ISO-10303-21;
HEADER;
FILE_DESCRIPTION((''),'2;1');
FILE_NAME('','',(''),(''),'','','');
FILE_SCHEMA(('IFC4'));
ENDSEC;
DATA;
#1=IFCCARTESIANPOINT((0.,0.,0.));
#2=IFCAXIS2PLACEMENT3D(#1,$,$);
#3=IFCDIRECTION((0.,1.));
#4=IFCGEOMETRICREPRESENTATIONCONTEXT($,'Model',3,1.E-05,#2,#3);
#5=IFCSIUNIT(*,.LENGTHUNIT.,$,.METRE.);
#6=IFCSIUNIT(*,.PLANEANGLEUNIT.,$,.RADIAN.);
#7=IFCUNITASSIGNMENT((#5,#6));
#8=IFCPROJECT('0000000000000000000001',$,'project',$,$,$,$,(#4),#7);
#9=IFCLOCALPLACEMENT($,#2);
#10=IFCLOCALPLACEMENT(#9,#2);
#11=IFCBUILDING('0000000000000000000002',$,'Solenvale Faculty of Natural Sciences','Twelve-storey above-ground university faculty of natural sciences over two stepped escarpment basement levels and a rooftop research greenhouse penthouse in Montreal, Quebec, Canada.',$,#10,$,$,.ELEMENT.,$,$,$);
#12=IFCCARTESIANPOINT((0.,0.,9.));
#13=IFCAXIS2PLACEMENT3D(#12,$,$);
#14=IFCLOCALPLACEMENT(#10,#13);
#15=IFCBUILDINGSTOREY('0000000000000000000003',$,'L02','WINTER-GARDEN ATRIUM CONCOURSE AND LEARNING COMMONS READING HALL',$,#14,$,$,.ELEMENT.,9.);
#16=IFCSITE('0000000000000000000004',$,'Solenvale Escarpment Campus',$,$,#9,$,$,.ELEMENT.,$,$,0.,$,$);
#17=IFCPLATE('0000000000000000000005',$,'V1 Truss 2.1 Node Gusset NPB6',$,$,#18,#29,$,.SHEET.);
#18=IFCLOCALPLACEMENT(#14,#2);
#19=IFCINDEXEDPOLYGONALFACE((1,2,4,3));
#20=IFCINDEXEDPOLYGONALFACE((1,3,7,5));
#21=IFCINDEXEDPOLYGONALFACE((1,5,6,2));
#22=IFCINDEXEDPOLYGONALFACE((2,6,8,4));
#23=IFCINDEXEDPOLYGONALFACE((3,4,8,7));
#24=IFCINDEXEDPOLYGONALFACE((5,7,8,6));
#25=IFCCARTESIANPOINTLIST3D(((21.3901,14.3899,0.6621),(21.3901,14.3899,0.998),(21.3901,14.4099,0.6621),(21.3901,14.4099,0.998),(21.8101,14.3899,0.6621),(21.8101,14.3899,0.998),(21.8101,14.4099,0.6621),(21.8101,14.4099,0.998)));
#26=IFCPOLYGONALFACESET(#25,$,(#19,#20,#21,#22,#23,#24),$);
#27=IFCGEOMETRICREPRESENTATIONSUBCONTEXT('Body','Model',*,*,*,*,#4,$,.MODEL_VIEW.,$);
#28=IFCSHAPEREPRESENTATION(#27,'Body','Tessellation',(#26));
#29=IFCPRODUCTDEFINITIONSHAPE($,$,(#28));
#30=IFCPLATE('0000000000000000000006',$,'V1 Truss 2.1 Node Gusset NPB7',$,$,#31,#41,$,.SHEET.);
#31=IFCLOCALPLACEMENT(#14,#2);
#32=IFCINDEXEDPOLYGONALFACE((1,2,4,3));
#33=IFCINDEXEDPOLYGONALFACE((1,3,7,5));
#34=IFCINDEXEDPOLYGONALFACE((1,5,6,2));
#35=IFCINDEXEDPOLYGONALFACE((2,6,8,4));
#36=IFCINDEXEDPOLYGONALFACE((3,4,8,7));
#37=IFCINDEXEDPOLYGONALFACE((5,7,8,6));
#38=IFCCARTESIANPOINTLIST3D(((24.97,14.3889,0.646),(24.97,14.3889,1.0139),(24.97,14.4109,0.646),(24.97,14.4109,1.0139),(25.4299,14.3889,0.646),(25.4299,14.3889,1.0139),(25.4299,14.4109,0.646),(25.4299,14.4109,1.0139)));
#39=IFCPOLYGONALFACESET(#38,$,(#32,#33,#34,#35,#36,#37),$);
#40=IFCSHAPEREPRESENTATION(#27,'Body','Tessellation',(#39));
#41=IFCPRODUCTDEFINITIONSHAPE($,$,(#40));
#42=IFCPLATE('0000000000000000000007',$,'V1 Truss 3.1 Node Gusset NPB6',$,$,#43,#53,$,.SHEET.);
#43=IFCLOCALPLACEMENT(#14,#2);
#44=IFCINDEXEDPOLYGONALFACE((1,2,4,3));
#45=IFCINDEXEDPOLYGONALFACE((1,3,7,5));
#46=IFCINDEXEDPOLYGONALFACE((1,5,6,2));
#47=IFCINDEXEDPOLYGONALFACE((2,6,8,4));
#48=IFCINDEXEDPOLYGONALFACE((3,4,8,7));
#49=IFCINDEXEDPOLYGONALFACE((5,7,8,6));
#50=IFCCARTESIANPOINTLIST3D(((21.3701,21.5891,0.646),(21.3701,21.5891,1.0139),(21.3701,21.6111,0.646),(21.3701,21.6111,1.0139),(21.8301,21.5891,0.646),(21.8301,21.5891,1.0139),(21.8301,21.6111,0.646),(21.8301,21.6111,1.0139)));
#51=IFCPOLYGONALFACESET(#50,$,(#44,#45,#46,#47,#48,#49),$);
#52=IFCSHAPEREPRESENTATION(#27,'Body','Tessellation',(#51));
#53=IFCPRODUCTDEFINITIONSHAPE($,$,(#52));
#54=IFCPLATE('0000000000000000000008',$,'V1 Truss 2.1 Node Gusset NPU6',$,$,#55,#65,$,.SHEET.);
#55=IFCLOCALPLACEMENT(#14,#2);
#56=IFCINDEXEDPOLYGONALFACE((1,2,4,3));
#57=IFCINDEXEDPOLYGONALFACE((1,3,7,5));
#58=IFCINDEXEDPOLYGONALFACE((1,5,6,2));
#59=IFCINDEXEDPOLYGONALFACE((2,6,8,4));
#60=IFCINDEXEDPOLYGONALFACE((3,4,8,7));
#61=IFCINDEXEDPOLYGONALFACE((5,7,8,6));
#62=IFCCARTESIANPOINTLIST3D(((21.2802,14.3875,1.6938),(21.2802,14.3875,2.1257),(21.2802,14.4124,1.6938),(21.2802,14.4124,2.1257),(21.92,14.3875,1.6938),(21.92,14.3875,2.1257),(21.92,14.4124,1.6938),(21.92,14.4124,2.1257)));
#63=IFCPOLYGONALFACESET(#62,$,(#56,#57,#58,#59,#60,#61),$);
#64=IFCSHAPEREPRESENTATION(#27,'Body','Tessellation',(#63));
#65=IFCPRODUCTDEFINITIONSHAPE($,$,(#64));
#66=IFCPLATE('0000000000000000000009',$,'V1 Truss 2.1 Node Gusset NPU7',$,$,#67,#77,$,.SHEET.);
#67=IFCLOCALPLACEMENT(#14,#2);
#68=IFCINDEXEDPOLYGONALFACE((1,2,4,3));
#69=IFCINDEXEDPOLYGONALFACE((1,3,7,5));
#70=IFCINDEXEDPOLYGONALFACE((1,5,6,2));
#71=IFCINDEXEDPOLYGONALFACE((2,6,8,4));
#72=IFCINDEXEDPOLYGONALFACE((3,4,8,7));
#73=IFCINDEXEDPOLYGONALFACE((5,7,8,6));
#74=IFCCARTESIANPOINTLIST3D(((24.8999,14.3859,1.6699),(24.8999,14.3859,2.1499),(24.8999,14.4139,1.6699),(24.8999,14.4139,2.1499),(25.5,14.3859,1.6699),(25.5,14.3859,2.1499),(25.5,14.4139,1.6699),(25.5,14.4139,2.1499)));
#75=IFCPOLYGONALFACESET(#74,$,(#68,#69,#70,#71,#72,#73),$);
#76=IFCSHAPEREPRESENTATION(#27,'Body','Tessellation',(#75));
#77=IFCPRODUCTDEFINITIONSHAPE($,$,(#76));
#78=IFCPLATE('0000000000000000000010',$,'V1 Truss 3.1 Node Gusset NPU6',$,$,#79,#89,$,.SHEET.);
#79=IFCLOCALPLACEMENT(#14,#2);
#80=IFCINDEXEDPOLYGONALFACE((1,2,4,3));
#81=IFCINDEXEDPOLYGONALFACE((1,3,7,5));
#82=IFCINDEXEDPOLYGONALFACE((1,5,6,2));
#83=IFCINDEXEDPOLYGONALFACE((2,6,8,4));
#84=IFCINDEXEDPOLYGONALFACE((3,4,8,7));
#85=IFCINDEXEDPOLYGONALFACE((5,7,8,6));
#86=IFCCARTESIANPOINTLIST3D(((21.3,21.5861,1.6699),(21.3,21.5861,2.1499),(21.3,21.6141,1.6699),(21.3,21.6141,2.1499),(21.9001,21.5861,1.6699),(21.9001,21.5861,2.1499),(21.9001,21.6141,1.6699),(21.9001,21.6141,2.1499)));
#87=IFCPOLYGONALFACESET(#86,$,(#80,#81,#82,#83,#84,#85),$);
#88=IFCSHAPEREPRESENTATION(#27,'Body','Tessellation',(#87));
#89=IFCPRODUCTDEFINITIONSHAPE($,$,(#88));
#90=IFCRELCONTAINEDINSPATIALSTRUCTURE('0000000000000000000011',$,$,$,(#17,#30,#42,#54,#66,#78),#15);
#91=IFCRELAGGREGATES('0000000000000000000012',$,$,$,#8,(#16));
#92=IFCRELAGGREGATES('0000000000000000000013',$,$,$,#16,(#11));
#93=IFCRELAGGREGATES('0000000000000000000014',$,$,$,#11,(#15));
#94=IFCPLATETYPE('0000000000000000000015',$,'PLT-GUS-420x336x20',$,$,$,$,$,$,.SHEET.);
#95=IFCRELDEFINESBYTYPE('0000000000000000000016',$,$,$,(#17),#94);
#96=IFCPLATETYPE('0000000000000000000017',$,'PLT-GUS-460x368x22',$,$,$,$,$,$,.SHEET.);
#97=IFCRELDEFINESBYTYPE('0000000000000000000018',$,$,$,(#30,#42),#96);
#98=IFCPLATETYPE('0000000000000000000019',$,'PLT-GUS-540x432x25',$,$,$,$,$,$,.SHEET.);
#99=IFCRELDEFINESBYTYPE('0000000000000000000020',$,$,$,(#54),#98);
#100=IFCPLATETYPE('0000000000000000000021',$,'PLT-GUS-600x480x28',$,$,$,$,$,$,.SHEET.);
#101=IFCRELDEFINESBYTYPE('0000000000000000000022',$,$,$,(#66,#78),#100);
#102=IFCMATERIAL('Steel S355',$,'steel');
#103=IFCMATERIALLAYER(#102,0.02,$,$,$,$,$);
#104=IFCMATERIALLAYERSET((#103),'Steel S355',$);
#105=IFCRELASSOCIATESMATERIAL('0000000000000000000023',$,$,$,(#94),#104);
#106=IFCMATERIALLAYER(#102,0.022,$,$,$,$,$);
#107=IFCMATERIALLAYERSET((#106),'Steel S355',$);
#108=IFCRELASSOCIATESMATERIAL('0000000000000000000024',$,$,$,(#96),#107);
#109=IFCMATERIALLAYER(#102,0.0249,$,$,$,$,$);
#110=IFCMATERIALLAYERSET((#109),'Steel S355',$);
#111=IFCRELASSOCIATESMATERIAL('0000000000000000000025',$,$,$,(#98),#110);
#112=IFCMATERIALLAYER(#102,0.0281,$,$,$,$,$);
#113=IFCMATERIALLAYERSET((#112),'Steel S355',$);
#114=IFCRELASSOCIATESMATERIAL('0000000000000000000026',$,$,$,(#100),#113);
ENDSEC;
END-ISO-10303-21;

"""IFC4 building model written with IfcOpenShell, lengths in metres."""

from ifc_helpers import new_model, si_unit, direction, frame, origin, origin_2d, place, context, subcontext, project, spatial, rectangle, extrude, material, layer, layer_set, type_object, element, save


model = new_model("IFC4")

# Units and contexts
model_context = context("Model", 3, precision=1e-05, world=origin(), true_north=direction((0.0, 1.0)))
body_context = subcontext(model_context, "Body", "Model", "MODEL_VIEW")
ifc_project = project(units=[si_unit("LENGTHUNIT", "METRE"), si_unit("PLANEANGLEUNIT", "RADIAN")], contexts=[model_context])

# Site, building, storey
site_placement = place(None, origin())
site = spatial("IfcSite", under=ifc_project, at=site_placement, Name="Solenvale Escarpment Campus", CompositionType="ELEMENT", RefElevation=0.0)
building_placement = place(site_placement, origin())
building = spatial("IfcBuilding", under=site, at=building_placement, Name="Solenvale Faculty of Natural Sciences", Description="Twelve-storey above-ground university faculty of natural sciences over two stepped escarpment basement levels and a rooftop research greenhouse penthouse in Montreal, Quebec, Canada.", CompositionType="ELEMENT")
storey_placement = place(building_placement, frame((0.0, 0.0, 9.0)))
storey = spatial("IfcBuildingStorey", under=building, at=storey_placement, Name="L02", Description="WINTER-GARDEN ATRIUM CONCOURSE AND LEARNING COMMONS READING HALL", CompositionType="ELEMENT", Elevation=9.0)

# Shared definitions
ifc_material_1 = material(Name="Steel S355", Category="steel")

# Plates
ifc_layer_1 = layer(ifc_material_1, 0.02)
ifc_layer_set_1 = layer_set([ifc_layer_1], Name="Steel S355")
plate_type_1 = type_object("IfcPlateType", Name="PLT-GUS-420x336x20", PredefinedType="SHEET", material=ifc_layer_set_1)
plate_1_placement = place(storey_placement, frame((21.6001, 14.3999, 0.6621), z_axis=(0.0, 0.0, 1.0), x_axis=(1.0, 0.0, 0.0)))
element("IfcPlate", 1, at=plate_1_placement, inside=storey, type_object=plate_type_1, Name="V1 Truss 2.1 Node Gusset NPB6", PredefinedType="SHEET", context=body_context, shape_type="SweptSolid", body=[
    extrude(rectangle(XDim=0.4199, YDim=0.02, at=origin_2d()), origin(), (0.0, 0.0, 1.0), 0.3359),
])
ifc_layer_2 = layer(ifc_material_1, 0.022)
ifc_layer_set_2 = layer_set([ifc_layer_2], Name="Steel S355")
plate_type_2 = type_object("IfcPlateType", Name="PLT-GUS-460x368x22", PredefinedType="SHEET", material=ifc_layer_set_2)
for number, where, z_axis, x_axis, name in (
    (2, (25.2, 14.3999, 0.646), (0.0, 0.0, 1.0), (1.0, 0.0, 0.0), "V1 Truss 2.1 Node Gusset NPB7"),
    (3, (21.6001, 21.6001, 0.646), (0.0, 0.0, 1.0), (1.0, 0.0, 0.0), "V1 Truss 3.1 Node Gusset NPB6"),
):
    element("IfcPlate", number, at=place(storey_placement, frame(where, z_axis=z_axis, x_axis=x_axis)), inside=storey, type_object=plate_type_2, Name=name, PredefinedType="SHEET", context=body_context, shape_type="SweptSolid", body=[
        extrude(rectangle(XDim=0.46, YDim=0.022, at=origin_2d()), origin(), (0.0, 0.0, 1.0), 0.3679),
    ])
ifc_layer_3 = layer(ifc_material_1, 0.0249)
ifc_layer_set_3 = layer_set([ifc_layer_3], Name="Steel S355")
plate_type_3 = type_object("IfcPlateType", Name="PLT-GUS-540x432x25", PredefinedType="SHEET", material=ifc_layer_set_3)
plate_2_placement = place(storey_placement, frame((21.6001, 14.3999, 1.6938), z_axis=(0.0, 0.0, 1.0), x_axis=(1.0, 0.0, 0.0)))
element("IfcPlate", 4, at=plate_2_placement, inside=storey, type_object=plate_type_3, Name="V1 Truss 2.1 Node Gusset NPU6", PredefinedType="SHEET", context=body_context, shape_type="SweptSolid", body=[
    extrude(rectangle(XDim=0.6399, YDim=0.0249, at=origin_2d()), origin(), (0.0, 0.0, 1.0), 0.4319),
])
ifc_layer_4 = layer(ifc_material_1, 0.0281)
ifc_layer_set_4 = layer_set([ifc_layer_4], Name="Steel S355")
plate_type_4 = type_object("IfcPlateType", Name="PLT-GUS-600x480x28", PredefinedType="SHEET", material=ifc_layer_set_4)
for number, where, z_axis, x_axis, name in (
    (5, (25.2, 14.3999, 1.6699), (0.0, 0.0, 1.0), (1.0, 0.0, 0.0), "V1 Truss 2.1 Node Gusset NPU7"),
    (6, (21.6001, 21.6001, 1.6699), (0.0, 0.0, 1.0), (1.0, 0.0, 0.0), "V1 Truss 3.1 Node Gusset NPU6"),
):
    element("IfcPlate", number, at=place(storey_placement, frame(where, z_axis=z_axis, x_axis=x_axis)), inside=storey, type_object=plate_type_4, Name=name, PredefinedType="SHEET", context=body_context, shape_type="SweptSolid", body=[
        extrude(rectangle(XDim=0.6001, YDim=0.0281, at=origin_2d()), origin(), (0.0, 0.0, 1.0), 0.48),
    ])

save(model, "model.ifc")
